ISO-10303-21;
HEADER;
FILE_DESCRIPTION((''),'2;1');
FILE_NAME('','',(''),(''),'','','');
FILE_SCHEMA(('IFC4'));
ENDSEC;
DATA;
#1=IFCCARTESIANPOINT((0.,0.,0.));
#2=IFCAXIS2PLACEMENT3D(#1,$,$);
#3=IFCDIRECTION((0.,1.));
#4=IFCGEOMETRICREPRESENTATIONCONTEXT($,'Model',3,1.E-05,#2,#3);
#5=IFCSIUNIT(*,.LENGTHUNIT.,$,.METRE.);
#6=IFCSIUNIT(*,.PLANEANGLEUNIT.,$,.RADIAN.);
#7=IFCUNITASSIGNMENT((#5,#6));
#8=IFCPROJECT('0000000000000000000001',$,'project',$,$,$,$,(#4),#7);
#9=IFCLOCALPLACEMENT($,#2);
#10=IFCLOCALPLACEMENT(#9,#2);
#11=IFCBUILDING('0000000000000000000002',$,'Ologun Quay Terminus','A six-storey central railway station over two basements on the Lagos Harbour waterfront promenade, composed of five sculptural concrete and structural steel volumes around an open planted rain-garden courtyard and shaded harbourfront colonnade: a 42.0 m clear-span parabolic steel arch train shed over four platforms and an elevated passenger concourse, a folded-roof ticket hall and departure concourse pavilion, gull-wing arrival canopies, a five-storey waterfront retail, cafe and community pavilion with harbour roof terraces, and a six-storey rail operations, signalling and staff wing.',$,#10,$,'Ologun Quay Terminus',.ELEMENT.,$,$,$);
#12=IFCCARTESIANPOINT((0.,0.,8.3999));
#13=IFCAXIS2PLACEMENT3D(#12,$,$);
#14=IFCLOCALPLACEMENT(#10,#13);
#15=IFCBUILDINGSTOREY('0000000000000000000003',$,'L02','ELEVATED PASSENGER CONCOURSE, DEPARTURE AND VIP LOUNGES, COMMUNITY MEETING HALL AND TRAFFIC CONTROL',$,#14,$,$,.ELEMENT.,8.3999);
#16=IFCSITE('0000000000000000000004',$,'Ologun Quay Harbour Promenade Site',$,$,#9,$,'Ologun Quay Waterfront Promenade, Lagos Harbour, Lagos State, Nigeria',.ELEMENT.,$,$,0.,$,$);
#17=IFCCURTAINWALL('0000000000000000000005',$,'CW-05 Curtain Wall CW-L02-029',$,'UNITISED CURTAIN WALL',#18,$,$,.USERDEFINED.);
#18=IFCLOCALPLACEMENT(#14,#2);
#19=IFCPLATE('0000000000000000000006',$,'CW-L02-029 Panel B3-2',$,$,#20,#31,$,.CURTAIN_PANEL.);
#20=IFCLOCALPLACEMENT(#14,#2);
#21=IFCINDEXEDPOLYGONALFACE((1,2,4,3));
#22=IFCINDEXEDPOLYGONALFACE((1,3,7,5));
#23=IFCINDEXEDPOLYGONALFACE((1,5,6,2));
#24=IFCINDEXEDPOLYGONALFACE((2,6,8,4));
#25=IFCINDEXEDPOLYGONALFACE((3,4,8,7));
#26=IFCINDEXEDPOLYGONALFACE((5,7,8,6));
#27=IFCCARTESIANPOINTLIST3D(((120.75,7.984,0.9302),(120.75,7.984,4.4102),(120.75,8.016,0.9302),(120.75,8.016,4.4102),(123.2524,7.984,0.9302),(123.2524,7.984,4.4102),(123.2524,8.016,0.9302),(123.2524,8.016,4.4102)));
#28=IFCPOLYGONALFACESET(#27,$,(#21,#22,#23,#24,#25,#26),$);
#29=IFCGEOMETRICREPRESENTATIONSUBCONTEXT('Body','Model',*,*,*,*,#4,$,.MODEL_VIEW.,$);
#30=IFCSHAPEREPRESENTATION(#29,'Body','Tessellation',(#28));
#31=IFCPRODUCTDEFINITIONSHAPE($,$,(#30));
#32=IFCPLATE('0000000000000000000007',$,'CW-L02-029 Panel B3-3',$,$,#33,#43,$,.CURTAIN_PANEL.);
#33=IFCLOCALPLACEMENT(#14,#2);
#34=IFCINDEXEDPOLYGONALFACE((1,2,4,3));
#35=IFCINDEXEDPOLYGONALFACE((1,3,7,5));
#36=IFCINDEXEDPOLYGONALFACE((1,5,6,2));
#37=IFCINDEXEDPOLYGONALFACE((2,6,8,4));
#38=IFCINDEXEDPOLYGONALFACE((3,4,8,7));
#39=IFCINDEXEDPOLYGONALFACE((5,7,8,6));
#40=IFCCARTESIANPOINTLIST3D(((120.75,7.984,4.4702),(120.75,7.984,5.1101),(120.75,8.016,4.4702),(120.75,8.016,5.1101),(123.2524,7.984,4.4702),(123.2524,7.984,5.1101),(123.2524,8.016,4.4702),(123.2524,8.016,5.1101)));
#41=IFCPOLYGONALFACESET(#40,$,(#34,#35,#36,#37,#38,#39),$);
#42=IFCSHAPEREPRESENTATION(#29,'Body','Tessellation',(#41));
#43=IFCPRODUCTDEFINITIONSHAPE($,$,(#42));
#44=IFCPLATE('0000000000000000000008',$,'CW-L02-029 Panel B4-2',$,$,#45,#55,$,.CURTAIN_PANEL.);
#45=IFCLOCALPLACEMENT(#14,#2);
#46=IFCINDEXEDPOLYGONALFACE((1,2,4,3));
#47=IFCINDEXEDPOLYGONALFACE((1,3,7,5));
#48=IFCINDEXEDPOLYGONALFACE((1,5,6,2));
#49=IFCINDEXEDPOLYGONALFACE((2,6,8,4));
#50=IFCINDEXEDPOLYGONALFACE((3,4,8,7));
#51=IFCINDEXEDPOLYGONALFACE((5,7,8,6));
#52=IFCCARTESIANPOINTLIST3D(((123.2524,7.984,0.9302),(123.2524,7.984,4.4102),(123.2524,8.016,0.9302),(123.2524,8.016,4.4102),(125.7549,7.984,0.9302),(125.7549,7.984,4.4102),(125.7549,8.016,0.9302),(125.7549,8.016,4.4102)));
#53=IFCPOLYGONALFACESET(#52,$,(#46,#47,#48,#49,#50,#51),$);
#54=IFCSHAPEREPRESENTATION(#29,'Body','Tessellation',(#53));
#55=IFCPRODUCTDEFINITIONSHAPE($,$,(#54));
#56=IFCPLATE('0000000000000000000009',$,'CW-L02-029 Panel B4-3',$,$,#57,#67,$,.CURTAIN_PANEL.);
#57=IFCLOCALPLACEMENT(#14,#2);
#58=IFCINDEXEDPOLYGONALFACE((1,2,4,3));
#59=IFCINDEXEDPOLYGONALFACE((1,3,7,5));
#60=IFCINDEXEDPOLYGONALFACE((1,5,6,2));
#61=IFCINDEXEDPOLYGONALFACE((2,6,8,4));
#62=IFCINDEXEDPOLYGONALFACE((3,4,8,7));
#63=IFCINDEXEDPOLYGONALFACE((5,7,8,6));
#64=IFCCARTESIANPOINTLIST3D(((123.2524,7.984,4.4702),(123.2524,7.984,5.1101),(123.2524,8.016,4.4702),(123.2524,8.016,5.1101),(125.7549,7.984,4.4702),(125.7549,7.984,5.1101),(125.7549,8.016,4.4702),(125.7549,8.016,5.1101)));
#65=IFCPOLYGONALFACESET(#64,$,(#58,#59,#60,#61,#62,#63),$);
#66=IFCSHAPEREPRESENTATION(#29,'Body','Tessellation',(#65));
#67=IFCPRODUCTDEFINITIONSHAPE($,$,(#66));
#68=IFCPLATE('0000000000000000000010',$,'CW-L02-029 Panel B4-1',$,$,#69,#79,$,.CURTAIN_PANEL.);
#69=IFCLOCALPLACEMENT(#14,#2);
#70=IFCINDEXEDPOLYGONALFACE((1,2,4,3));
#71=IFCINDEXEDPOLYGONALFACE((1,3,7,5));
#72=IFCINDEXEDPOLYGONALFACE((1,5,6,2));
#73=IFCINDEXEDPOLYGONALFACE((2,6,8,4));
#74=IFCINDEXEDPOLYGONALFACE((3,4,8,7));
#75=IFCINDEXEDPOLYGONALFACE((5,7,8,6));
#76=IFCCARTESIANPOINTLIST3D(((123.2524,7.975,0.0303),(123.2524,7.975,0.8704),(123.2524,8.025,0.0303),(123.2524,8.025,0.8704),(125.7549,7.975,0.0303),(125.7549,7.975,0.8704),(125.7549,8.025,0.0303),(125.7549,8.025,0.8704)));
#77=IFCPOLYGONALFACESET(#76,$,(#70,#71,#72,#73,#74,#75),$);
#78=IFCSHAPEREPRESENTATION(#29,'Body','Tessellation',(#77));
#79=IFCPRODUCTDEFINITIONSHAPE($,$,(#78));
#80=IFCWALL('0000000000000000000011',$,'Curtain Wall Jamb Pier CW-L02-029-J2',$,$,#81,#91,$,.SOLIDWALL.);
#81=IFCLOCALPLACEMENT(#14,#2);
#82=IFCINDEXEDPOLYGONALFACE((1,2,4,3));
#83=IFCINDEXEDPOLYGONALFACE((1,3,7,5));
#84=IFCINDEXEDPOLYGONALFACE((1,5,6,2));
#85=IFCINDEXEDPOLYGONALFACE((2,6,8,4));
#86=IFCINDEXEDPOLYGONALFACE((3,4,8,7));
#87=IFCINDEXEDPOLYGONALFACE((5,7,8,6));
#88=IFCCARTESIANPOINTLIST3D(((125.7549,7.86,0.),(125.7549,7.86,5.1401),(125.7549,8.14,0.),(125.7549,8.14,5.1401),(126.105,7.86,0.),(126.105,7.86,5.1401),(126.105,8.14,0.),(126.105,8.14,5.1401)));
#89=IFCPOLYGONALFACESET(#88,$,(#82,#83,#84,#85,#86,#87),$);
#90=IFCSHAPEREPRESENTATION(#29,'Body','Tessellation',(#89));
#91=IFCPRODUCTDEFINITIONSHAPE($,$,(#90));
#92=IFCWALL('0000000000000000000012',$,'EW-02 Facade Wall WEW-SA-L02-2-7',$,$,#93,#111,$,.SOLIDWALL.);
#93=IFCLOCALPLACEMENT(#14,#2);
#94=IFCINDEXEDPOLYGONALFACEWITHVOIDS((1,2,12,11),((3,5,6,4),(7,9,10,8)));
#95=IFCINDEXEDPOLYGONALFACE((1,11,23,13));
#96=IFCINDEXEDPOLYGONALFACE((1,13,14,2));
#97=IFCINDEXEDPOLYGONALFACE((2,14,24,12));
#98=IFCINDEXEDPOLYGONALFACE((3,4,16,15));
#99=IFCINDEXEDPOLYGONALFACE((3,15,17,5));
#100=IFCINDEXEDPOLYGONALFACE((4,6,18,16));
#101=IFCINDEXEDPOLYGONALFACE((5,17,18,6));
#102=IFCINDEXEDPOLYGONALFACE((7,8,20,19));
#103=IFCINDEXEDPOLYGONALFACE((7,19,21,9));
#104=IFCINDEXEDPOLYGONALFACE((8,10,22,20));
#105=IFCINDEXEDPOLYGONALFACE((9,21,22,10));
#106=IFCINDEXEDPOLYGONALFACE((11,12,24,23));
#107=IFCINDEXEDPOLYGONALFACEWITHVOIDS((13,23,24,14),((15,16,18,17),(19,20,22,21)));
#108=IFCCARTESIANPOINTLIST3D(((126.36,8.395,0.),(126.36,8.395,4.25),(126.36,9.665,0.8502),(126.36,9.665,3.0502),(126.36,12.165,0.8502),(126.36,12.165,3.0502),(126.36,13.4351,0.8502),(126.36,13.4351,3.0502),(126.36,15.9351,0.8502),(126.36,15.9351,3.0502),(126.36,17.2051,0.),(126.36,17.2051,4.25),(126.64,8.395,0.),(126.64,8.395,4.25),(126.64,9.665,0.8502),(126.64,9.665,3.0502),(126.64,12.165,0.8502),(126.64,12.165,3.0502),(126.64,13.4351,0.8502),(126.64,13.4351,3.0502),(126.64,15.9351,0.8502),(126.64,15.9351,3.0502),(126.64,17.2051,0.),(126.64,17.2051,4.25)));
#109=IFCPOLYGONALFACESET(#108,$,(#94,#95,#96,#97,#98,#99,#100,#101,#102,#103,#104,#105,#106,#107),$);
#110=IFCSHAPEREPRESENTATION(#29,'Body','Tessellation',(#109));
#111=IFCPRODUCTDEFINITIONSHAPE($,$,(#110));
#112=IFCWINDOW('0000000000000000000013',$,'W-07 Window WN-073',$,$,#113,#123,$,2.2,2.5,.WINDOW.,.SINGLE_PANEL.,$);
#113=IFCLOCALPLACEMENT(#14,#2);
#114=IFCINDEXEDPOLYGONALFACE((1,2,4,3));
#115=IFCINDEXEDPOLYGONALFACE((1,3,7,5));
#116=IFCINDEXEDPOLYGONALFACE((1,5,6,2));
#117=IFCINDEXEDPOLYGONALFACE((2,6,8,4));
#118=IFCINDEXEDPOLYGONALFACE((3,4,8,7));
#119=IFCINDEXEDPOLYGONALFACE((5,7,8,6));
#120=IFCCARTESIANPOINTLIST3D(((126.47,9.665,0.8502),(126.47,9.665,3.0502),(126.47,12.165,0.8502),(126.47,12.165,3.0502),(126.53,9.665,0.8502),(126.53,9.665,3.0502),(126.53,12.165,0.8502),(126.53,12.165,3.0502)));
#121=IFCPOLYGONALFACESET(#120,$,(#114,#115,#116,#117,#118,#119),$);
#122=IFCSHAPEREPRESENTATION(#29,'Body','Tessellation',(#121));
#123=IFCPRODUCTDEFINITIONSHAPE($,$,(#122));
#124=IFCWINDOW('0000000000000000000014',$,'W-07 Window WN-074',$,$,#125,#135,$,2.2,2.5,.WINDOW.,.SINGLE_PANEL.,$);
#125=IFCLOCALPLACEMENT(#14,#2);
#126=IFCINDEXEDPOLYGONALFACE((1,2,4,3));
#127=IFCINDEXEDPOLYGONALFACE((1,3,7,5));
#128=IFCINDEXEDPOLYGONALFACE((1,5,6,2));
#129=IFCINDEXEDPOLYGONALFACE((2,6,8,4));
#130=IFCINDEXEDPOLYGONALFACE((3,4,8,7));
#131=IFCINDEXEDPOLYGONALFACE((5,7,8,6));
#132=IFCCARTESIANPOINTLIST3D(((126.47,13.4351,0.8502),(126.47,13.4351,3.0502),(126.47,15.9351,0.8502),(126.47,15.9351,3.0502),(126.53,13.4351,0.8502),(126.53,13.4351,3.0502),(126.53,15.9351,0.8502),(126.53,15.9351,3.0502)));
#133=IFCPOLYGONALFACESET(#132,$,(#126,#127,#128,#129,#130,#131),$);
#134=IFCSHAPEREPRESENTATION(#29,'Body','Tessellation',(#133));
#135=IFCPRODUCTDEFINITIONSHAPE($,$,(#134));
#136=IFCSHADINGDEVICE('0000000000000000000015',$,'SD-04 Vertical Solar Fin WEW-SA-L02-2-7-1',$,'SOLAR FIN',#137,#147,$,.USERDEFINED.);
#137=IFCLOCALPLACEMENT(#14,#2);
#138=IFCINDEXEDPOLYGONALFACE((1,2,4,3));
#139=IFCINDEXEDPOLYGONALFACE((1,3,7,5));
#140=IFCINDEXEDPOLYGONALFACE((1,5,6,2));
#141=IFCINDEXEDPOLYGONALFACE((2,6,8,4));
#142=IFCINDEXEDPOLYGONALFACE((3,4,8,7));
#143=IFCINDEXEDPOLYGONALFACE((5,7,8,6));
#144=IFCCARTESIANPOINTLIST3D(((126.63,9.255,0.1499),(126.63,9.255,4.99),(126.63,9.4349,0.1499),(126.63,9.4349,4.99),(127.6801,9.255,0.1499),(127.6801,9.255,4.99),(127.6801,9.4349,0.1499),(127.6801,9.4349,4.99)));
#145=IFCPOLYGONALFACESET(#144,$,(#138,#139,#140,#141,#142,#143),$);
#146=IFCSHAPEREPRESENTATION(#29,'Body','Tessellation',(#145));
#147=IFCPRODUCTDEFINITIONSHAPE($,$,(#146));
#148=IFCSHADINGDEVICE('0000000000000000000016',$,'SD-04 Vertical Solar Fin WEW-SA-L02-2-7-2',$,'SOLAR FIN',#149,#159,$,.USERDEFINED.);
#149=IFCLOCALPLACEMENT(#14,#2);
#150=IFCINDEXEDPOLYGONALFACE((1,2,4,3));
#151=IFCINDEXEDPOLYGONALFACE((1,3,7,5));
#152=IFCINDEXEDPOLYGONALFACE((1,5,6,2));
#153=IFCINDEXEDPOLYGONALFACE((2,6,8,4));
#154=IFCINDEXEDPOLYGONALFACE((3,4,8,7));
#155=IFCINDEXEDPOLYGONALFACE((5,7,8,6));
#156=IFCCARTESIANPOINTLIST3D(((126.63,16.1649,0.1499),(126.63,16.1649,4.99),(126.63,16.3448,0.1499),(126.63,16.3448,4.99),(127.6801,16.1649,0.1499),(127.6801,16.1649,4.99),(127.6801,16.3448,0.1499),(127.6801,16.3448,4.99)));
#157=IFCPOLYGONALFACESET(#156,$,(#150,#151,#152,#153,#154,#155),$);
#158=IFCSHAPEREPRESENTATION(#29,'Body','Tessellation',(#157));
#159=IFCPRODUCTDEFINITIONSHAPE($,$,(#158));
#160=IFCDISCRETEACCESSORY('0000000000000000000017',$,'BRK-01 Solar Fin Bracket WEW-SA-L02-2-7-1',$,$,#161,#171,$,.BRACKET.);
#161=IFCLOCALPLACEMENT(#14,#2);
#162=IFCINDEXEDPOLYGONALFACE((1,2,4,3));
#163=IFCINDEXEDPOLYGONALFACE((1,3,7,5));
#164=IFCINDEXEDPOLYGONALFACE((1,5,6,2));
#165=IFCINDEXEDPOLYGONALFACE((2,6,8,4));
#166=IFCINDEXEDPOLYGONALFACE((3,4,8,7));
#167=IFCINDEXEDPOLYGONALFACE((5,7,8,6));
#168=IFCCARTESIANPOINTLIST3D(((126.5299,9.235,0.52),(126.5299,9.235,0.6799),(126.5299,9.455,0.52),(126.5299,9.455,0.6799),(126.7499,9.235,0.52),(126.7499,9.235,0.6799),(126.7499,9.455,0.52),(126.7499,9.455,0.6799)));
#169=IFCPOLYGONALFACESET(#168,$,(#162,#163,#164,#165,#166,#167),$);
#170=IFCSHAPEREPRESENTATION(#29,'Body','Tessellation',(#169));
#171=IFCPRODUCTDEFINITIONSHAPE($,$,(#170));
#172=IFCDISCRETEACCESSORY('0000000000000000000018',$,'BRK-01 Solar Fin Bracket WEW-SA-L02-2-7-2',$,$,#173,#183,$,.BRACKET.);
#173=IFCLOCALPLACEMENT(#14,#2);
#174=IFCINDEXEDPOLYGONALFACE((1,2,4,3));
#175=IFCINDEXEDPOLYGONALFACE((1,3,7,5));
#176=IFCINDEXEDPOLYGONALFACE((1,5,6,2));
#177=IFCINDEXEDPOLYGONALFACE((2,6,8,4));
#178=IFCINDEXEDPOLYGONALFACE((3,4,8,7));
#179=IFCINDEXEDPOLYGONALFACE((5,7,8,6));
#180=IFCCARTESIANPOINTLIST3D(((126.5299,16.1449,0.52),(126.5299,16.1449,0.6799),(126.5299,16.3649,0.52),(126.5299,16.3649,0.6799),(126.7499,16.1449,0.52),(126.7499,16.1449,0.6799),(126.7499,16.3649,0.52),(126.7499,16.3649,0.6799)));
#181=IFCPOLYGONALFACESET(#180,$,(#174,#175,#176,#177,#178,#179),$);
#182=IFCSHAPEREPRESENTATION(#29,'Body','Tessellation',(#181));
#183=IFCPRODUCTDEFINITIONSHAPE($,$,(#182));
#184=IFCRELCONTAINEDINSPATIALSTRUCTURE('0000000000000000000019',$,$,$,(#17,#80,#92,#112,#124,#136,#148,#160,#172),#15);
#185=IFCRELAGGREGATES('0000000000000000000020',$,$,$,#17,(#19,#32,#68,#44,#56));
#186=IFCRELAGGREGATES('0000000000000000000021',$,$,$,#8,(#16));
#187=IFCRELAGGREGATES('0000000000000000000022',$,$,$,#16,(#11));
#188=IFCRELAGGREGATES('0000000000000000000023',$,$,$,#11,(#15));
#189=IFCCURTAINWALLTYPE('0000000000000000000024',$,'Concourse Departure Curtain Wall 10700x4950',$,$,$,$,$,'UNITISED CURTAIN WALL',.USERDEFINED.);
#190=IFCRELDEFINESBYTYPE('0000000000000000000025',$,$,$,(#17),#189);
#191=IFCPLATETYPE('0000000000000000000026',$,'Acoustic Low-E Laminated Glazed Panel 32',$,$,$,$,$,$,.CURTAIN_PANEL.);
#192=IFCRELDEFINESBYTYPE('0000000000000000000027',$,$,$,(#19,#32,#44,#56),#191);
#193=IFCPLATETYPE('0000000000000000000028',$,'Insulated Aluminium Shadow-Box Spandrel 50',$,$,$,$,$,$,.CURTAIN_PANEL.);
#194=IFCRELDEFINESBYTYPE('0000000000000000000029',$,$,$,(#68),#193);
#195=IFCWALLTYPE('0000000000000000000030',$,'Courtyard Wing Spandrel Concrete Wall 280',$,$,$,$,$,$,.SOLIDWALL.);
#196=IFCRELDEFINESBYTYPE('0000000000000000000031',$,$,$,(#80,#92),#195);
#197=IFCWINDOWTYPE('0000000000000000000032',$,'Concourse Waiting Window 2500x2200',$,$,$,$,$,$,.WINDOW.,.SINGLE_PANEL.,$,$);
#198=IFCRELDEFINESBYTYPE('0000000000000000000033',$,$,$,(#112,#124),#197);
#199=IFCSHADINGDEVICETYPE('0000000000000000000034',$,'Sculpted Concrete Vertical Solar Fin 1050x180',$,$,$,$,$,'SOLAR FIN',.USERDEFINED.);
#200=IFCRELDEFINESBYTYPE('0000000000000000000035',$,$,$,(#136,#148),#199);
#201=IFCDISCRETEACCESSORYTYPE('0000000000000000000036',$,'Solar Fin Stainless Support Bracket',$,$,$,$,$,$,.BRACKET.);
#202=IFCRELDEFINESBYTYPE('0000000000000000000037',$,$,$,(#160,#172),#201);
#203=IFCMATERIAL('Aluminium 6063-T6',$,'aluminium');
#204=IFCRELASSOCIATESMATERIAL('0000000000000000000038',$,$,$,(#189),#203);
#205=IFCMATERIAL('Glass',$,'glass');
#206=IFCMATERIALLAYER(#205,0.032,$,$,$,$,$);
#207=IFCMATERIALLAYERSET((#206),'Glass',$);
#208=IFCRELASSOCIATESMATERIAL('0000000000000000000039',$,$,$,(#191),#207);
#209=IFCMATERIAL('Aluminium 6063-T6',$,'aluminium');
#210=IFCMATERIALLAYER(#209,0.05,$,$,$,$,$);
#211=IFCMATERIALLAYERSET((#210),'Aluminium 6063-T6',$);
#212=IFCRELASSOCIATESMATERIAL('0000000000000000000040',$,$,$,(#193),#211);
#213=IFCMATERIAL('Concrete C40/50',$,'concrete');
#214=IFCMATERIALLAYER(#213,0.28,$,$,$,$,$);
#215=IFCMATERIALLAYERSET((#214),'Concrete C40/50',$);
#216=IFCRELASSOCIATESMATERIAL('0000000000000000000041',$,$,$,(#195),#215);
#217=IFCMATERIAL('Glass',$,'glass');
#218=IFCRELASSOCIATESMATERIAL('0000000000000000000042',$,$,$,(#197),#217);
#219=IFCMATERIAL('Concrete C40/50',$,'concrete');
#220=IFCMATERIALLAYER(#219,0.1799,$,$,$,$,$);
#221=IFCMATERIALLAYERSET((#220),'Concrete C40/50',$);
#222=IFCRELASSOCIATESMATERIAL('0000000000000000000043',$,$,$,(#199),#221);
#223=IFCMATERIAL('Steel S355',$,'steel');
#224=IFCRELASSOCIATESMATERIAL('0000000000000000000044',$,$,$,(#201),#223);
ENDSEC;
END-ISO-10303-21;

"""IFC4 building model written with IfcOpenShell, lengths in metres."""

from ifc_helpers import new_model, si_unit, direction, frame, frame_2d, origin, origin_2d, place, context, subcontext, project, spatial, rectangle, extrude, material, layer, layer_set, type_object, element, fill, aggregate, save


model = new_model("IFC4")

# Units and contexts
model_context = context("Model", 3, precision=1e-05, world=origin(), true_north=direction((0.0, 1.0)))
body_context = subcontext(model_context, "Body", "Model", "MODEL_VIEW")
ifc_project = project(units=[si_unit("LENGTHUNIT", "METRE"), si_unit("PLANEANGLEUNIT", "RADIAN")], contexts=[model_context])

# Site, building, storey
site_placement = place(None, origin())
site = spatial("IfcSite", under=ifc_project, at=site_placement, Name="Ologun Quay Harbour Promenade Site", LongName="Ologun Quay Waterfront Promenade, Lagos Harbour, Lagos State, Nigeria", CompositionType="ELEMENT", RefElevation=0.0)
building_placement = place(site_placement, origin())
building = spatial("IfcBuilding", under=site, at=building_placement, Name="Ologun Quay Terminus", Description="A six-storey central railway station over two basements on the Lagos Harbour waterfront promenade, composed of five sculptural concrete and structural steel volumes around an open planted rain-garden courtyard and shaded harbourfront colonnade: a 42.0 m clear-span parabolic steel arch train shed over four platforms and an elevated passenger concourse, a folded-roof ticket hall and departure concourse pavilion, gull-wing arrival canopies, a five-storey waterfront retail, cafe and community pavilion with harbour roof terraces, and a six-storey rail operations, signalling and staff wing.", LongName="Ologun Quay Terminus", CompositionType="ELEMENT")
storey_placement = place(building_placement, frame((0.0, 0.0, 8.3999)))
storey = spatial("IfcBuildingStorey", under=building, at=storey_placement, Name="L02", Description="ELEVATED PASSENGER CONCOURSE, DEPARTURE AND VIP LOUNGES, COMMUNITY MEETING HALL AND TRAFFIC CONTROL", CompositionType="ELEMENT", Elevation=8.3999)

# Curtain wall
ifc_material_1 = material(Name="Aluminium 6063-T6", Category="aluminium")
curtain_wall_type = type_object("IfcCurtainWallType", Name="Concourse Departure Curtain Wall 10700x4950", ElementType="UNITISED CURTAIN WALL", PredefinedType="USERDEFINED", material=ifc_material_1)
curtain_wall_placement = place(storey_placement, origin())
curtain_wall = element("IfcCurtainWall", 1, at=curtain_wall_placement, inside=storey, type_object=curtain_wall_type, Name="CW-05 Curtain Wall CW-L02-029", ObjectType="UNITISED CURTAIN WALL", PredefinedType="USERDEFINED")

# Plates
ifc_material_2 = material(Name="Glass", Category="glass")
ifc_layer_1 = layer(ifc_material_2, 0.032)
ifc_layer_set_1 = layer_set([ifc_layer_1], Name="Glass")
plate_type_1 = type_object("IfcPlateType", Name="Acoustic Low-E Laminated Glazed Panel 32", PredefinedType="CURTAIN_PANEL", material=ifc_layer_set_1)
plate_1_placement = place(storey_placement, frame((122.0012, 8.0, 0.9302), z_axis=(0.0, 0.0, 1.0), x_axis=(1.0, 0.0, 0.0)))
plate_1 = element("IfcPlate", 2, at=plate_1_placement, type_object=plate_type_1, Name="CW-L02-029 Panel B3-2", PredefinedType="CURTAIN_PANEL", context=body_context, shape_type="SweptSolid", body=[
    extrude(rectangle(XDim=2.5024, YDim=0.032, at=origin_2d()), origin(), (0.0, 0.0, 1.0), 3.48),
])
plate_2_placement = place(storey_placement, frame((122.0012, 8.0, 4.4702), z_axis=(0.0, 0.0, 1.0), x_axis=(1.0, 0.0, 0.0)))
plate_2 = element("IfcPlate", 3, at=plate_2_placement, type_object=plate_type_1, Name="CW-L02-029 Panel B3-3", PredefinedType="CURTAIN_PANEL", context=body_context, shape_type="SweptSolid", body=[
    extrude(rectangle(XDim=2.5024, YDim=0.032, at=origin_2d()), origin(), (0.0, 0.0, 1.0), 0.6399),
])
plate_3_placement = place(storey_placement, frame((124.5037, 8.0, 0.9302), z_axis=(0.0, 0.0, 1.0), x_axis=(1.0, 0.0, 0.0)))
plate_3 = element("IfcPlate", 4, at=plate_3_placement, type_object=plate_type_1, Name="CW-L02-029 Panel B4-2", PredefinedType="CURTAIN_PANEL", context=body_context, shape_type="SweptSolid", body=[
    extrude(rectangle(XDim=2.5024, YDim=0.032, at=origin_2d()), origin(), (0.0, 0.0, 1.0), 3.48),
])
plate_4_placement = place(storey_placement, frame((124.5037, 8.0, 4.4702), z_axis=(0.0, 0.0, 1.0), x_axis=(1.0, 0.0, 0.0)))
plate_4 = element("IfcPlate", 5, at=plate_4_placement, type_object=plate_type_1, Name="CW-L02-029 Panel B4-3", PredefinedType="CURTAIN_PANEL", context=body_context, shape_type="SweptSolid", body=[
    extrude(rectangle(XDim=2.5024, YDim=0.032, at=origin_2d()), origin(), (0.0, 0.0, 1.0), 0.6399),
])
ifc_material_3 = material(Name="Aluminium 6063-T6", Category="aluminium")
ifc_layer_2 = layer(ifc_material_3, 0.05)
ifc_layer_set_2 = layer_set([ifc_layer_2], Name="Aluminium 6063-T6")
plate_type_2 = type_object("IfcPlateType", Name="Insulated Aluminium Shadow-Box Spandrel 50", PredefinedType="CURTAIN_PANEL", material=ifc_layer_set_2)
plate_5_placement = place(storey_placement, frame((124.5037, 8.0, 0.0303), z_axis=(0.0, 0.0, 1.0), x_axis=(1.0, 0.0, 0.0)))
plate_5 = element("IfcPlate", 6, at=plate_5_placement, type_object=plate_type_2, Name="CW-L02-029 Panel B4-1", PredefinedType="CURTAIN_PANEL", context=body_context, shape_type="SweptSolid", body=[
    extrude(rectangle(XDim=2.5024, YDim=0.05, at=origin_2d()), origin(), (0.0, 0.0, 1.0), 0.8401),
])
aggregate(curtain_wall, [plate_1, plate_2, plate_5, plate_3, plate_4])

# Wall
ifc_material_4 = material(Name="Concrete C40/50", Category="concrete")
ifc_layer_3 = layer(ifc_material_4, 0.28)
ifc_layer_set_3 = layer_set([ifc_layer_3], Name="Concrete C40/50")
wall_type = type_object("IfcWallType", Name="Courtyard Wing Spandrel Concrete Wall 280", PredefinedType="SOLIDWALL", material=ifc_layer_set_3)
wall_1_placement = place(storey_placement, frame((125.7549, 8.0, 0.0), z_axis=(0.0, 0.0, 1.0), x_axis=(1.0, 0.0, 0.0)))
element("IfcWall", 7, at=wall_1_placement, inside=storey, type_object=wall_type, Name="Curtain Wall Jamb Pier CW-L02-029-J2", PredefinedType="SOLIDWALL", context=body_context, shape_type="SweptSolid", body=[
    extrude(rectangle(XDim=0.3501, YDim=0.28, at=frame_2d((0.175, 0.0))), origin(), (0.0, 0.0, 1.0), 5.1401),
])

# Wall, openings, windows
wall_2_placement = place(storey_placement, frame((126.5, 8.395, 0.0), z_axis=(0.0, 0.0, 1.0), x_axis=(0.0, 1.0, 0.0)))
wall_2 = element("IfcWall", 8, at=wall_2_placement, inside=storey, type_object=wall_type, Name="EW-02 Facade Wall WEW-SA-L02-2-7", PredefinedType="SOLIDWALL", context=body_context, shape_type="SweptSolid", body=[
    extrude(rectangle(XDim=8.8101, YDim=0.28, at=frame_2d((4.405, 0.0))), origin(), (0.0, 0.0, 1.0), 4.25),
])
opening_1_placement = place(wall_2_placement, frame((1.27, 0.0, 0.8501)))
opening_1 = element("IfcOpeningElement", 9, at=opening_1_placement, cuts=wall_2, PredefinedType="OPENING", context=body_context, shape_type="SweptSolid", body=[
    extrude(rectangle(XDim=2.5, YDim=2.2, at=frame_2d((1.25, 1.1001))), frame((0.0, 0.1499, 0.0), z_axis=(0.0, -1.0, 0.0), x_axis=(1.0, 0.0, 0.0)), (0.0, 0.0, 1.0), 0.3),
])
opening_2_placement = place(wall_2_placement, frame((5.04, 0.0, 0.8501)))
opening_2 = element("IfcOpeningElement", 10, at=opening_2_placement, cuts=wall_2, PredefinedType="OPENING", context=body_context, shape_type="SweptSolid", body=[
    extrude(rectangle(XDim=2.5, YDim=2.2, at=frame_2d((1.25, 1.1001))), frame((0.0, 0.1499, 0.0), z_axis=(0.0, -1.0, 0.0), x_axis=(1.0, 0.0, 0.0)), (0.0, 0.0, 1.0), 0.3),
])
ifc_material_5 = material(Name="Glass", Category="glass")
window_type = type_object("IfcWindowType", Name="Concourse Waiting Window 2500x2200", PartitioningType="SINGLE_PANEL", PredefinedType="WINDOW", material=ifc_material_5)
window_1_placement = place(opening_1_placement, origin())
window_1 = element("IfcWindow", 11, at=window_1_placement, inside=storey, type_object=window_type, Name="W-07 Window WN-073", OverallHeight=2.2, OverallWidth=2.5, PartitioningType="SINGLE_PANEL", PredefinedType="WINDOW", context=body_context, shape_type="SweptSolid", body=[
    extrude(rectangle(XDim=2.5, YDim=2.2, at=frame_2d((1.25, 1.1001))), frame((0.0, 0.03, 0.0), z_axis=(0.0, -1.0, 0.0), x_axis=(1.0, 0.0, 0.0)), (0.0, 0.0, 1.0), 0.0601),
])
fill(opening_1, window_1)
window_2_placement = place(opening_2_placement, origin())
window_2 = element("IfcWindow", 12, at=window_2_placement, inside=storey, type_object=window_type, Name="W-07 Window WN-074", OverallHeight=2.2, OverallWidth=2.5, PartitioningType="SINGLE_PANEL", PredefinedType="WINDOW", context=body_context, shape_type="SweptSolid", body=[
    extrude(rectangle(XDim=2.5, YDim=2.2, at=frame_2d((1.25, 1.1001))), frame((0.0, 0.03, 0.0), z_axis=(0.0, -1.0, 0.0), x_axis=(1.0, 0.0, 0.0)), (0.0, 0.0, 1.0), 0.0601),
])
fill(opening_2, window_2)

# Shading devices
ifc_material_6 = material(Name="Concrete C40/50", Category="concrete")
ifc_layer_4 = layer(ifc_material_6, 0.1799)
ifc_layer_set_4 = layer_set([ifc_layer_4], Name="Concrete C40/50")
shading_device_type = type_object("IfcShadingDeviceType", Name="Sculpted Concrete Vertical Solar Fin 1050x180", ElementType="SOLAR FIN", PredefinedType="USERDEFINED", material=ifc_layer_set_4)
for number, where, z_axis, x_axis, name in (
    (13, (127.155, 9.345, 0.1499), (0.0, 0.0, 1.0), (1.0, 0.0, 0.0), "SD-04 Vertical Solar Fin WEW-SA-L02-2-7-1"),
    (14, (127.155, 16.2549, 0.1499), (0.0, 0.0, 1.0), (1.0, 0.0, 0.0), "SD-04 Vertical Solar Fin WEW-SA-L02-2-7-2"),
):
    element("IfcShadingDevice", number, at=place(storey_placement, frame(where, z_axis=z_axis, x_axis=x_axis)), inside=storey, type_object=shading_device_type, Name=name, ObjectType="SOLAR FIN", PredefinedType="USERDEFINED", context=body_context, shape_type="SweptSolid", body=[
        extrude(rectangle(XDim=1.05, YDim=0.1799, at=origin_2d()), origin(), (0.0, 0.0, 1.0), 4.8401),
    ])

# Discrete accessories
ifc_material_7 = material(Name="Steel S355", Category="steel")
discrete_accessory_type = type_object("IfcDiscreteAccessoryType", Name="Solar Fin Stainless Support Bracket", PredefinedType="BRACKET", material=ifc_material_7)
for number, where, z_axis, x_axis, name in (
    (15, (126.6399, 9.345, 0.52), (0.0, 0.0, 1.0), (1.0, 0.0, 0.0), "BRK-01 Solar Fin Bracket WEW-SA-L02-2-7-1"),
    (16, (126.6399, 16.2549, 0.52), (0.0, 0.0, 1.0), (1.0, 0.0, 0.0), "BRK-01 Solar Fin Bracket WEW-SA-L02-2-7-2"),
):
    element("IfcDiscreteAccessory", number, at=place(storey_placement, frame(where, z_axis=z_axis, x_axis=x_axis)), inside=storey, type_object=discrete_accessory_type, Name=name, PredefinedType="BRACKET", context=body_context, shape_type="SweptSolid", body=[
        extrude(rectangle(XDim=0.22, YDim=0.22, at=origin_2d()), origin(), (0.0, 0.0, 1.0), 0.1599),
    ])

save(model, "model.ifc")
